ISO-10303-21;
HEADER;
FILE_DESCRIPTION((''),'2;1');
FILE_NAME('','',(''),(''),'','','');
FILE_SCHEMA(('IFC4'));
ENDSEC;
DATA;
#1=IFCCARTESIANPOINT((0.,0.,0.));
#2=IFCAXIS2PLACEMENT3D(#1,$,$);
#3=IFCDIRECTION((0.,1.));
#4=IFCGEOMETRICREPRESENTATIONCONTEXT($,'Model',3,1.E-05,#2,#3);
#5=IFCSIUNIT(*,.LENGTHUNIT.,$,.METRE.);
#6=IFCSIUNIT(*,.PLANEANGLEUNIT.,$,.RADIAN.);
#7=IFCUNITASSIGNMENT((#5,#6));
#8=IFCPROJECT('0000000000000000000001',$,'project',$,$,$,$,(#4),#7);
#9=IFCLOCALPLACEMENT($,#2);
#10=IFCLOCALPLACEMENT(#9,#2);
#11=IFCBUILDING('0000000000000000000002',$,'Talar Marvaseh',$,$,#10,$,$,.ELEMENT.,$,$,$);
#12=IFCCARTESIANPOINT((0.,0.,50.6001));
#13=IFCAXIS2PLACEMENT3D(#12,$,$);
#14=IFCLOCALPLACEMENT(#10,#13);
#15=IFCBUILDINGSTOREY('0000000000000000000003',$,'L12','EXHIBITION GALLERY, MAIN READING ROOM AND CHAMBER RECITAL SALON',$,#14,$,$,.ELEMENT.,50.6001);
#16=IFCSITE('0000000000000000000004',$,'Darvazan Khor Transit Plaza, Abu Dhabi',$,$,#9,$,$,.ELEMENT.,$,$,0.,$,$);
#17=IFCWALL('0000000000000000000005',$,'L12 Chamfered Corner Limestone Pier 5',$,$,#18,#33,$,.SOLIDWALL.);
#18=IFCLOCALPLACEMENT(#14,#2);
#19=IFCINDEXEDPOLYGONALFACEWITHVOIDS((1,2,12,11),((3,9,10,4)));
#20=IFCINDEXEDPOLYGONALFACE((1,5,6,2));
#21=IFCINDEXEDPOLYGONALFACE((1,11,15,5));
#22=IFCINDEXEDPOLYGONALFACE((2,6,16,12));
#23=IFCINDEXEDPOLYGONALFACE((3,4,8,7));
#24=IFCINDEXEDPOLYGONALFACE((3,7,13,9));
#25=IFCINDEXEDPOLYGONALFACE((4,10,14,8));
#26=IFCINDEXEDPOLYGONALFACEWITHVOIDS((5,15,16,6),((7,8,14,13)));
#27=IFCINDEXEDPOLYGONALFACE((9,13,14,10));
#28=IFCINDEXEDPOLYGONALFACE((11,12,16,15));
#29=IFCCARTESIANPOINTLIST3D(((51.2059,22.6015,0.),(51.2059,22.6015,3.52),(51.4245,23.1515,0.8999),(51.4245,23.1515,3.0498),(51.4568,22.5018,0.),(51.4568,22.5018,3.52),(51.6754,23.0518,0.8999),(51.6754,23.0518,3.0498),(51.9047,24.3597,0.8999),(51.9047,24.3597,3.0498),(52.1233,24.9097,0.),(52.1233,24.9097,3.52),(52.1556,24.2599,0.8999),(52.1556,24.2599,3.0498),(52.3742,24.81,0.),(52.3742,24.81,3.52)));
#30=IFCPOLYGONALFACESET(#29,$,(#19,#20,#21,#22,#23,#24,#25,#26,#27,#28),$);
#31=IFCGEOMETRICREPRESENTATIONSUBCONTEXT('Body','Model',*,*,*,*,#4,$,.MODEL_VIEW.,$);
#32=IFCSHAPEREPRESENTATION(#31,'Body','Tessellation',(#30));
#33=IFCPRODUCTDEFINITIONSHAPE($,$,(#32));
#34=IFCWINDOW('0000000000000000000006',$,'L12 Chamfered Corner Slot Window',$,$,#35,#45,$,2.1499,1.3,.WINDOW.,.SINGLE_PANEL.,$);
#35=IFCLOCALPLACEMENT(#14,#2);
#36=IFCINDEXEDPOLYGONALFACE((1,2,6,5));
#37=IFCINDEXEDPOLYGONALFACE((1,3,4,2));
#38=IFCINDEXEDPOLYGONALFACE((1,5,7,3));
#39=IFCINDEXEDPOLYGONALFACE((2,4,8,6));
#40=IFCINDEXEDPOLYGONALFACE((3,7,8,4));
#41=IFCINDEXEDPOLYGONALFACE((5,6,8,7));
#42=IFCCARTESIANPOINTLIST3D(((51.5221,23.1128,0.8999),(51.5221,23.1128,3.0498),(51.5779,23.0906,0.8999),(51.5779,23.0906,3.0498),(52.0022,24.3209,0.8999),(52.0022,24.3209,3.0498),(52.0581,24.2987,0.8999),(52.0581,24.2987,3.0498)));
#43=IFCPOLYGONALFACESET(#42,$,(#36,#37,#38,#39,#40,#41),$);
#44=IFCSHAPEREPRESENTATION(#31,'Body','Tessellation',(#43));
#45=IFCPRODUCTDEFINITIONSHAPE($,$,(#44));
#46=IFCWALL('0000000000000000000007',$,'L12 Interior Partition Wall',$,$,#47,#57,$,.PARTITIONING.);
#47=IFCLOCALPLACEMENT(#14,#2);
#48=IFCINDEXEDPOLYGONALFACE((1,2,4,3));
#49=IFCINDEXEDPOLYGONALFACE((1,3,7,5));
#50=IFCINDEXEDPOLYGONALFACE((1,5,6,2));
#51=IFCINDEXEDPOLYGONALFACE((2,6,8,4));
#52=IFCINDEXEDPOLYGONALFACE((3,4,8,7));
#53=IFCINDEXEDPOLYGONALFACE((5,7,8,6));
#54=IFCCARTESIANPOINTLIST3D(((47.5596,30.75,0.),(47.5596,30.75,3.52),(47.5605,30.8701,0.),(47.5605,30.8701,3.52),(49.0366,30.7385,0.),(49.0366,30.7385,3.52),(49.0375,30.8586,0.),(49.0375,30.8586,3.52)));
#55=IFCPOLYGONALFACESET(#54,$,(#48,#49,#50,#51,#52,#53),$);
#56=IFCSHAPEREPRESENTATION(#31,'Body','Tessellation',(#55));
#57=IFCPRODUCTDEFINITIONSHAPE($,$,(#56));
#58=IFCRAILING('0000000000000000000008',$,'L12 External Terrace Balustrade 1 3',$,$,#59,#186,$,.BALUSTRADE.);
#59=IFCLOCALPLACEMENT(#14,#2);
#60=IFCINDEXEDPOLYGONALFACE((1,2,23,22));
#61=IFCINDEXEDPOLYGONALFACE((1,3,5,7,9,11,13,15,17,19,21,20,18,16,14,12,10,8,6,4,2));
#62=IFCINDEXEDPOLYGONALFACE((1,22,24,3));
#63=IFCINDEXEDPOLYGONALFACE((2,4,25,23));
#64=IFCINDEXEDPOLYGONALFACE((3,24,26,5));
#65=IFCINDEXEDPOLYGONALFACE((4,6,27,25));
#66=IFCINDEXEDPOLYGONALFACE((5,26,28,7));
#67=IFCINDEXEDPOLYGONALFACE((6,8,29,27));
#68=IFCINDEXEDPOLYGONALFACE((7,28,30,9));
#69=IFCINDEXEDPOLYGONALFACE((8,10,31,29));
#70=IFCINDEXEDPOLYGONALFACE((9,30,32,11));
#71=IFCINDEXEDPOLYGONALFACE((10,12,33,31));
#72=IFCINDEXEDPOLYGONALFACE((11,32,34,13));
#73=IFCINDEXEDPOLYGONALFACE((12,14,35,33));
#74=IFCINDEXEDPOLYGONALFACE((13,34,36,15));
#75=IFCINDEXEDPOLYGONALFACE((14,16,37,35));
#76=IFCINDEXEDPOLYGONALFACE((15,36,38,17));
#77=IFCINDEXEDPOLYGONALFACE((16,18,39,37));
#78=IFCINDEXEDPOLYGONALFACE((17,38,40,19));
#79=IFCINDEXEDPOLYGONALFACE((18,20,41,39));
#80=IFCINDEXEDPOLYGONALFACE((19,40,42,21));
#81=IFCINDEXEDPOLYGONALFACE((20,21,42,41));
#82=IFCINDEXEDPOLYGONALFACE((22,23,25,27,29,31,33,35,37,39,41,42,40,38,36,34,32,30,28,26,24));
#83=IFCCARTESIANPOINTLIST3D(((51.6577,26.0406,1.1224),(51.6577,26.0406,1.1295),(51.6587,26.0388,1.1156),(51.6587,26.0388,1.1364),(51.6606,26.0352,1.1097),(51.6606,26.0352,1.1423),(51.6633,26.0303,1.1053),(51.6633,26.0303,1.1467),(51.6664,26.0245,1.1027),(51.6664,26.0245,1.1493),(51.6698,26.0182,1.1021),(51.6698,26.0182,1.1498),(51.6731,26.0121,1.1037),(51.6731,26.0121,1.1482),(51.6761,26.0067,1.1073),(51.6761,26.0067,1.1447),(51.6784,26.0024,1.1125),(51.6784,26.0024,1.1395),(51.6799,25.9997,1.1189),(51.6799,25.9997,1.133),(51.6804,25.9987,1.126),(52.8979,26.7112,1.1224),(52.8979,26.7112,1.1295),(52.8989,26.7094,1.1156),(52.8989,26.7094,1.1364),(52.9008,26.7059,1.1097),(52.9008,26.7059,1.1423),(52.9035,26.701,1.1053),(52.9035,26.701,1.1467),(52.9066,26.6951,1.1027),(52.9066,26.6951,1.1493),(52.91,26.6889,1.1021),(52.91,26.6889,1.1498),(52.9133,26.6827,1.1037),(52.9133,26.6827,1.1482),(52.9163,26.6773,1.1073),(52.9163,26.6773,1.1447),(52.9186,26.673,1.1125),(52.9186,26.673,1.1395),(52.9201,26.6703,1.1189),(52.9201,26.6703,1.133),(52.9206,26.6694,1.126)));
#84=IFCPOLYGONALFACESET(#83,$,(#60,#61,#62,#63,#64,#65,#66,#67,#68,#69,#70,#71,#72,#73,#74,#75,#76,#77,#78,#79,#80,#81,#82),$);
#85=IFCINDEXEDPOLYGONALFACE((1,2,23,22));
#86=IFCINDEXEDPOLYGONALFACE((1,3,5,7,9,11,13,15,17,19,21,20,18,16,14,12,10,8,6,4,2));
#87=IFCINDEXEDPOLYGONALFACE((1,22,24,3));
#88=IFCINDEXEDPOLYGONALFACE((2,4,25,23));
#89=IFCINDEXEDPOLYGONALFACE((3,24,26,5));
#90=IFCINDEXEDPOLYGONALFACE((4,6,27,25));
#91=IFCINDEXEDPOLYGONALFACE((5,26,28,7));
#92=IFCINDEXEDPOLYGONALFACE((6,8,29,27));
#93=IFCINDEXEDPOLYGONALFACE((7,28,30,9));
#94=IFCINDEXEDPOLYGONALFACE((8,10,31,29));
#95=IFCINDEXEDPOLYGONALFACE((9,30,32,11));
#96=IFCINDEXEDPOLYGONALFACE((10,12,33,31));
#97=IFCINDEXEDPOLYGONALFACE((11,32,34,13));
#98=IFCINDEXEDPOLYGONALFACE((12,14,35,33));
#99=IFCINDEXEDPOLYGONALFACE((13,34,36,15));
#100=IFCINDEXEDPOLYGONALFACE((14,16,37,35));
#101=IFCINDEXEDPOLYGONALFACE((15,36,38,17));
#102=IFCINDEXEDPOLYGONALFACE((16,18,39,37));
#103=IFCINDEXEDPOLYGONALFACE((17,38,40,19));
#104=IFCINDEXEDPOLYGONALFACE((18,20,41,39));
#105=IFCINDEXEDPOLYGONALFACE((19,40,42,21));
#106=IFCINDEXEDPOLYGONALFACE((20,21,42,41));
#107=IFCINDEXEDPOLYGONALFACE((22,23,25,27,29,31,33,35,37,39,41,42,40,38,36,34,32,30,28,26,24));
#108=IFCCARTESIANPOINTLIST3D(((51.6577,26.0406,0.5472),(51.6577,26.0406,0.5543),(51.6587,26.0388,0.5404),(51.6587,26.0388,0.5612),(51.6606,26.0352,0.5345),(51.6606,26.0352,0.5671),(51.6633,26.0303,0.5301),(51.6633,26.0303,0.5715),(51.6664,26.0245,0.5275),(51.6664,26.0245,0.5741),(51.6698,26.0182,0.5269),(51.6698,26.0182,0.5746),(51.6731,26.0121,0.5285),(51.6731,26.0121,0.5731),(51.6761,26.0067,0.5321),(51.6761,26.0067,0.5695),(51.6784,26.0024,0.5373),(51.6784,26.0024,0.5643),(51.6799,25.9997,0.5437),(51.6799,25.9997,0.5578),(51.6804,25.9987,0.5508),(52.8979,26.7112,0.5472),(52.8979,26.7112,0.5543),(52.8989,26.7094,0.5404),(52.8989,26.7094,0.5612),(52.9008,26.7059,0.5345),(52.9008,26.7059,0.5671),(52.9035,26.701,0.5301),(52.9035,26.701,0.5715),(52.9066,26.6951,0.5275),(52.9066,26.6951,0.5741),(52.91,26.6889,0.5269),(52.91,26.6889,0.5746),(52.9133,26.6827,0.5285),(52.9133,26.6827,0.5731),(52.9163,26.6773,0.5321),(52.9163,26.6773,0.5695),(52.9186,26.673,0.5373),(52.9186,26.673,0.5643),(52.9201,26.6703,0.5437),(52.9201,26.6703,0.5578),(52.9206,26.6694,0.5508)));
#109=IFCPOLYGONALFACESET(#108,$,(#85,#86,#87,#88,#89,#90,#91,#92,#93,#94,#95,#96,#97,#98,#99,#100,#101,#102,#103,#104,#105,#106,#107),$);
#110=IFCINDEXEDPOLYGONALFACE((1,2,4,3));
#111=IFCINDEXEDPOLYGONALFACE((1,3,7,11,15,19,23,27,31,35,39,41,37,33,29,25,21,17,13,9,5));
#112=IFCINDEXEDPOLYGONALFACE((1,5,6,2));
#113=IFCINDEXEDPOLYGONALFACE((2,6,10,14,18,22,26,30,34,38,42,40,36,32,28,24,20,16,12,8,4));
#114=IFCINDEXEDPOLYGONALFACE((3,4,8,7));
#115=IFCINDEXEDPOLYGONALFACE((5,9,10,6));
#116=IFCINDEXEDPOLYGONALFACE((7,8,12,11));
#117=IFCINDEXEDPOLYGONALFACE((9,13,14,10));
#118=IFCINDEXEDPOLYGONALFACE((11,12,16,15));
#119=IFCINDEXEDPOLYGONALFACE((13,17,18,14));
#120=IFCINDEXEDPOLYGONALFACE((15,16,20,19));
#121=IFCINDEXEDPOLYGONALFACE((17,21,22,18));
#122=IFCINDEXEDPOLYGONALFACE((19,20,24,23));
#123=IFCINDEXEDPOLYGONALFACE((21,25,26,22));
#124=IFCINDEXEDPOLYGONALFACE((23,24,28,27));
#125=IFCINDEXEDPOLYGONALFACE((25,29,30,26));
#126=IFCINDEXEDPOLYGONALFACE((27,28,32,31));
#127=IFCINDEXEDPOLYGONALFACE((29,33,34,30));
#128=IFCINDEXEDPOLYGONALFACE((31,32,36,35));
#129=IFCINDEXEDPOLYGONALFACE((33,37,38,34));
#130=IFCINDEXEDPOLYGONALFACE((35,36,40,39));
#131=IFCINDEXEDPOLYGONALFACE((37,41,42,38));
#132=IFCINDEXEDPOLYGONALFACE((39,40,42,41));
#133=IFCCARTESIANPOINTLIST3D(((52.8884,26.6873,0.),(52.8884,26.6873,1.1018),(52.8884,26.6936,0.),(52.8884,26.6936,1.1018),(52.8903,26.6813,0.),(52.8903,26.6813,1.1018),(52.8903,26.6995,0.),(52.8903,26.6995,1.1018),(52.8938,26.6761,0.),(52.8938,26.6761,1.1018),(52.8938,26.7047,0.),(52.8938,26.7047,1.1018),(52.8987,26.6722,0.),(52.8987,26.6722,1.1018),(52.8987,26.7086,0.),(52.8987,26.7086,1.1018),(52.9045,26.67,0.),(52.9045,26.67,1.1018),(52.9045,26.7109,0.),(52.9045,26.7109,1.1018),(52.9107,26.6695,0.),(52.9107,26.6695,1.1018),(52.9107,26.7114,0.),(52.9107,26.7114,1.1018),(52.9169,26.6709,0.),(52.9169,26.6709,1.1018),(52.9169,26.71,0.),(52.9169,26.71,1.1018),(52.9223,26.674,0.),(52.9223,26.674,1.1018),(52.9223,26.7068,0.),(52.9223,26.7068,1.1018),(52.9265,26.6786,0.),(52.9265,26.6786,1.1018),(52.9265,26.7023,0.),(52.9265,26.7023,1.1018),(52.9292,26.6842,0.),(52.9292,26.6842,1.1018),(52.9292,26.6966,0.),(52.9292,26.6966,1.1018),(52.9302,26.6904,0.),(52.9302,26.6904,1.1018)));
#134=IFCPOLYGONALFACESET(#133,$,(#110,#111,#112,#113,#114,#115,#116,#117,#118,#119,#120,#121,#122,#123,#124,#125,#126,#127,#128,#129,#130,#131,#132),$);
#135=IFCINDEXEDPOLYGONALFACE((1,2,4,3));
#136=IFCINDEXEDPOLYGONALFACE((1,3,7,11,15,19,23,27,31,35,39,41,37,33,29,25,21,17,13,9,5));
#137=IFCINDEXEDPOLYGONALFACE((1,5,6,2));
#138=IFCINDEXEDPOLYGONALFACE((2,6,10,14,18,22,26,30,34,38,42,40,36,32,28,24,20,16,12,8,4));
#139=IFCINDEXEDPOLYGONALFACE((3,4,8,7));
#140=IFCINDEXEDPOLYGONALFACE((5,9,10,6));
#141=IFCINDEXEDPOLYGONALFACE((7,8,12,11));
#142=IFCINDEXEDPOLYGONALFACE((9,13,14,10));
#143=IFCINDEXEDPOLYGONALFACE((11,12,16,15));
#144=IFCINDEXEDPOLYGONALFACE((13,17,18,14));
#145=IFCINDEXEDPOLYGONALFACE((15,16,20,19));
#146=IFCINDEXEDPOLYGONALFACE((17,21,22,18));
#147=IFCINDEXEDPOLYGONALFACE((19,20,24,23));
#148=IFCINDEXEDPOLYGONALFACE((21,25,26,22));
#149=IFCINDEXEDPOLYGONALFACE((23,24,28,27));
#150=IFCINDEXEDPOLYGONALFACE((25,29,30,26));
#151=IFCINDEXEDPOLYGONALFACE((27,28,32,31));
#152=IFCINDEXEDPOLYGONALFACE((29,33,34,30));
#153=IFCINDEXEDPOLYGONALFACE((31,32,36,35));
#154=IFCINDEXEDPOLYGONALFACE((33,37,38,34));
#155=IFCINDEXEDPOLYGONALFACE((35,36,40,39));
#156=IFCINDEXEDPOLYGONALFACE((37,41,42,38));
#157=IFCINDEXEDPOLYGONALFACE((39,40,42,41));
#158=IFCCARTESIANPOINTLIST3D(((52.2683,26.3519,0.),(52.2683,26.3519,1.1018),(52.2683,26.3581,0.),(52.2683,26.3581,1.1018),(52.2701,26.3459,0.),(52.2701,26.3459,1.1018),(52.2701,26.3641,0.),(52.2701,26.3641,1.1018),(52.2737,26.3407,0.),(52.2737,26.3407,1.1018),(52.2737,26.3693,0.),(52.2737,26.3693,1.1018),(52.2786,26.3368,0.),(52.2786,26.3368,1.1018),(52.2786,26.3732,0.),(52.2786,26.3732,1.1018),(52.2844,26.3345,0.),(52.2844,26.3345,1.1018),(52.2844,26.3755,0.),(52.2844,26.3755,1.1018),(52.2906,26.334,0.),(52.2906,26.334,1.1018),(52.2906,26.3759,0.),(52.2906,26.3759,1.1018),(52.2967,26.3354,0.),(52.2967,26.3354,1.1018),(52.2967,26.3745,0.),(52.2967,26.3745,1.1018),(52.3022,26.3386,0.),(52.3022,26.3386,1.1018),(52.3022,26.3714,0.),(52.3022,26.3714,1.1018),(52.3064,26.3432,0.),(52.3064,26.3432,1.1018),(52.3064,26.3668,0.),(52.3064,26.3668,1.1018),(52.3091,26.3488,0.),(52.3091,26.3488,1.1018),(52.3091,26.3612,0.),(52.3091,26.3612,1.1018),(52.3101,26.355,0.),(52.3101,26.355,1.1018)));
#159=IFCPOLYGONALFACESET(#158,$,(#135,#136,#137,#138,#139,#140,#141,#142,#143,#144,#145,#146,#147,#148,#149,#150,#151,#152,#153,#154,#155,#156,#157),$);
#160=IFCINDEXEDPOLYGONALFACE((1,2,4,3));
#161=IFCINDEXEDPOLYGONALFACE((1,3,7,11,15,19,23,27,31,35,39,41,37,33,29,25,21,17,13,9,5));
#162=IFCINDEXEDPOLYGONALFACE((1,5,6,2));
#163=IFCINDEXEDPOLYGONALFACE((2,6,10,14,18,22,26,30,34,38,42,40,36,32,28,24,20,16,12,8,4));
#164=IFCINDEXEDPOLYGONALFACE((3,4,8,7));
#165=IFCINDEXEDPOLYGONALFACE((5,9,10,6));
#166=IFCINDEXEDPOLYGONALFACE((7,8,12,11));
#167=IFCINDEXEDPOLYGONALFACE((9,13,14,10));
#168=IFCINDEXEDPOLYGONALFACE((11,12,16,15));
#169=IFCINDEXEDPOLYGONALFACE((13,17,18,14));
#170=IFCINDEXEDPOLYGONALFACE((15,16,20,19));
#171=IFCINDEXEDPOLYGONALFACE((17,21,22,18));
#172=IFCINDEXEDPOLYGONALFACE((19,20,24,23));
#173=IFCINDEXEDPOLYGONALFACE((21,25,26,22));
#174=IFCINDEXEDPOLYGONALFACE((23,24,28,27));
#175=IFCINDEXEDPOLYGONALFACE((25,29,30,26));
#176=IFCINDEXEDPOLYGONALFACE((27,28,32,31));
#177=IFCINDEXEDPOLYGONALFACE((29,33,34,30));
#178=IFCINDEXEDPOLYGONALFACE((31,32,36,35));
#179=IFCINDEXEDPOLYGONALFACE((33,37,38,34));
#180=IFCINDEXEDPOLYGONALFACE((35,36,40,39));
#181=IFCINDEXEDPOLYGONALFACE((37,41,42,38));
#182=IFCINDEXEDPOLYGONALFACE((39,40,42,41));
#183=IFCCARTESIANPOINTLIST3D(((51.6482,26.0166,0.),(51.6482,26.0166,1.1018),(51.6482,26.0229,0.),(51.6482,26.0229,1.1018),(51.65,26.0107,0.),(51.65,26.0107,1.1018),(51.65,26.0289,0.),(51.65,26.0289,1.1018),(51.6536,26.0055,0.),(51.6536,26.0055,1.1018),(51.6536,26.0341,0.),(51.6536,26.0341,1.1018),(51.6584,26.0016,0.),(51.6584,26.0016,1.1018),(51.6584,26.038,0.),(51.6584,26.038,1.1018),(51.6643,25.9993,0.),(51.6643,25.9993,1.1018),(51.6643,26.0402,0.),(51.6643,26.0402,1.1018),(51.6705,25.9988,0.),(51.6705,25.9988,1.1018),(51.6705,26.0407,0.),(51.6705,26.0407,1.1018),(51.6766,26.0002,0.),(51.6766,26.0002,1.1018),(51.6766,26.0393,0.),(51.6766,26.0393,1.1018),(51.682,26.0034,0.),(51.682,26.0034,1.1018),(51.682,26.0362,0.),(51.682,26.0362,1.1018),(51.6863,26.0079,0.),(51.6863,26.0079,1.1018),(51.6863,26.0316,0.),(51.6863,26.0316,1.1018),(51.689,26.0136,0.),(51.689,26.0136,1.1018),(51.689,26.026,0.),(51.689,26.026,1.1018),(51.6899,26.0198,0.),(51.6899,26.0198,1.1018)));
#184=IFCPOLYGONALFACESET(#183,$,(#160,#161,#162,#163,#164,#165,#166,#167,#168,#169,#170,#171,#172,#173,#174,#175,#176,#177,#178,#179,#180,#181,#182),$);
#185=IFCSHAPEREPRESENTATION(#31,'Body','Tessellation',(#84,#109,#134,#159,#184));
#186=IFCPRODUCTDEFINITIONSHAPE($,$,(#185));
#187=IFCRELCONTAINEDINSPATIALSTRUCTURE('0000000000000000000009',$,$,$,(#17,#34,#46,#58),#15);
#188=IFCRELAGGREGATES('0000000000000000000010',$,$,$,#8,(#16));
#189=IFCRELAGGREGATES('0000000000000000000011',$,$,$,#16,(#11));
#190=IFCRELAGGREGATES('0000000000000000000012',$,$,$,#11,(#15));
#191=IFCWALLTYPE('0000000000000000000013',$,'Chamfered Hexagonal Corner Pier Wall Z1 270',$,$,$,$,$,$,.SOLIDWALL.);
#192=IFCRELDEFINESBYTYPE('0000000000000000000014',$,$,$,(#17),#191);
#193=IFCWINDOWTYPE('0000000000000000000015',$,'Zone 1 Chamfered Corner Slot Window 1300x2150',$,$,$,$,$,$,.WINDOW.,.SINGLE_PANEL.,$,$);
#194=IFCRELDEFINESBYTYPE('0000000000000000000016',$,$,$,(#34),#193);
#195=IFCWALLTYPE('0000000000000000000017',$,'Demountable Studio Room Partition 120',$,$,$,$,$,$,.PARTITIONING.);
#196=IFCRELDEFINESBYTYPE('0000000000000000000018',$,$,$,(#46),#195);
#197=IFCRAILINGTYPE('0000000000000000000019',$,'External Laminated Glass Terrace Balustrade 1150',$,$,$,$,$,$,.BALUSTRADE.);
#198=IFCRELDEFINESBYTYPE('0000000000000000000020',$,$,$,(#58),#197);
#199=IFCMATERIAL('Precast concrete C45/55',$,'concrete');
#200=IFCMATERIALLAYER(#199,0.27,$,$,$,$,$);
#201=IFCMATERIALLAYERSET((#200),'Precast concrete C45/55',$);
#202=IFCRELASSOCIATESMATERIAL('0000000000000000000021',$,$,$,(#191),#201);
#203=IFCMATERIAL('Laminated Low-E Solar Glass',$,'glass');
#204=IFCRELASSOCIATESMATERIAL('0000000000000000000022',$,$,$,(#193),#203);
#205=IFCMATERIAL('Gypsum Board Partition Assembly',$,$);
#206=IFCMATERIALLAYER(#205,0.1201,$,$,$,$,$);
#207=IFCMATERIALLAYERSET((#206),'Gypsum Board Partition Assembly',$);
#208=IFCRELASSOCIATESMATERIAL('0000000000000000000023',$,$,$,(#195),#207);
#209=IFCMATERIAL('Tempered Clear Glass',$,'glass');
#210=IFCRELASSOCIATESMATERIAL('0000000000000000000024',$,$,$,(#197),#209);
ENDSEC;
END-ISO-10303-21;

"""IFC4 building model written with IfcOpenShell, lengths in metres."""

from ifc_helpers import new_model, si_unit, direction, frame, frame_2d, origin, origin_2d, place, context, subcontext, project, spatial, rectangle, circle, extrude, source, transform, mapped, material, layer, layer_set, type_object, type_shapes, element, fill, save


model = new_model("IFC4")

# Units and contexts
model_context = context("Model", 3, precision=1e-05, world=origin(), true_north=direction((0.0, 1.0)))
body_context = subcontext(model_context, "Body", "Model", "MODEL_VIEW")
ifc_project = project(units=[si_unit("LENGTHUNIT", "METRE"), si_unit("PLANEANGLEUNIT", "RADIAN")], contexts=[model_context])

# Site, building, storey
site_placement = place(None, origin())
site = spatial("IfcSite", under=ifc_project, at=site_placement, Name="Darvazan Khor Transit Plaza, Abu Dhabi", CompositionType="ELEMENT", RefElevation=0.0)
building_placement = place(site_placement, origin())
building = spatial("IfcBuilding", under=site, at=building_placement, Name="Talar Marvaseh", CompositionType="ELEMENT")
storey_placement = place(building_placement, frame((0.0, 0.0, 50.6001)))
storey = spatial("IfcBuildingStorey", under=building, at=storey_placement, Name="L12", Description="EXHIBITION GALLERY, MAIN READING ROOM AND CHAMBER RECITAL SALON", CompositionType="ELEMENT", Elevation=50.6001)

# Shared definitions
ifc_material_1 = material(Name="Laminated Low-E Solar Glass", Category="glass")

# Wall, opening, window
ifc_material_2 = material(Name="Precast concrete C45/55", Category="concrete")
ifc_layer_1 = layer(ifc_material_2, 0.27)
ifc_layer_set_1 = layer_set([ifc_layer_1], Name="Precast concrete C45/55")
wall_type_1 = type_object("IfcWallType", Name="Chamfered Hexagonal Corner Pier Wall Z1 270", PredefinedType="SOLIDWALL", material=ifc_layer_set_1)
wall_1_placement = place(storey_placement, frame((52.2488, 24.8599, 0.0), z_axis=(0.0, 0.0, 1.0), x_axis=(-0.369356, -0.929288, 0.0)))
wall_1 = element("IfcWall", 1, at=wall_1_placement, inside=storey, type_object=wall_type_1, Name="L12 Chamfered Corner Limestone Pier 5", PredefinedType="SOLIDWALL", context=body_context, shape_type="SweptSolid", body=[
    extrude(rectangle(XDim=2.4839, YDim=0.27, at=frame_2d((1.2419, 0.0))), origin(), (0.0, 0.0, 1.0), 3.52),
])
opening_placement = place(wall_1_placement, frame((0.592, 0.0, 0.8999)))
opening = element("IfcOpeningElement", 2, at=opening_placement, cuts=wall_1, PredefinedType="OPENING", context=body_context, shape_type="SweptSolid", body=[
    extrude(rectangle(XDim=1.3, YDim=2.1499, at=frame_2d((0.6499, 1.075))), frame((0.0, 0.145, 0.0), z_axis=(0.0, -1.0, 0.0), x_axis=(1.0, 0.0, 0.0)), (0.0, 0.0, 1.0), 0.29),
])
window_type = type_object("IfcWindowType", Name="Zone 1 Chamfered Corner Slot Window 1300x2150", PartitioningType="SINGLE_PANEL", PredefinedType="WINDOW", material=ifc_material_1)
shared_shape_1 = source(origin(), body_context, "Body", "SweptSolid", [
    extrude(rectangle(XDim=1.3, YDim=2.1499, at=frame_2d((0.6499, 1.075))), frame((0.0, 0.03, 0.0), z_axis=(0.0, -1.0, 0.0), x_axis=(1.0, 0.0, 0.0)), (0.0, 0.0, 1.0), 0.0601),
])
type_shapes(window_type, [shared_shape_1])
window_placement = place(opening_placement, origin())
window = element("IfcWindow", 3, at=window_placement, inside=storey, type_object=window_type, Name="L12 Chamfered Corner Slot Window", OverallHeight=2.1499, OverallWidth=1.3, PartitioningType="SINGLE_PANEL", PredefinedType="WINDOW", context=body_context, shape_type="MappedRepresentation", body=[
    mapped(shared_shape_1, transform((0.0, 0.0, 0.0), x_axis=(1.0, 0.0, 0.0), y_axis=(0.0, 1.0, 0.0), z_axis=(0.0, 0.0, 1.0), scale=1.0)),
])
fill(opening, window)

# Wall
ifc_material_3 = material(Name="Gypsum Board Partition Assembly")
ifc_layer_2 = layer(ifc_material_3, 0.1201)
ifc_layer_set_2 = layer_set([ifc_layer_2], Name="Gypsum Board Partition Assembly")
wall_type_2 = type_object("IfcWallType", Name="Demountable Studio Room Partition 120", PredefinedType="PARTITIONING", material=ifc_layer_set_2)
wall_2_placement = place(storey_placement, frame((47.5601, 30.8101, 0.0), z_axis=(0.0, 0.0, 1.0), x_axis=(0.99997, -0.007768, 0.0)))
element("IfcWall", 4, at=wall_2_placement, inside=storey, type_object=wall_type_2, Name="L12 Interior Partition Wall", PredefinedType="PARTITIONING", context=body_context, shape_type="SweptSolid", body=[
    extrude(rectangle(XDim=1.4771, YDim=0.1201, at=frame_2d((0.7385, 0.0))), origin(), (0.0, 0.0, 1.0), 3.52),
])

# Railing
ifc_material_4 = material(Name="Tempered Clear Glass", Category="glass")
railing_type = type_object("IfcRailingType", Name="External Laminated Glass Terrace Balustrade 1150", PredefinedType="BALUSTRADE", material=ifc_material_4)
railing_1_placement = place(storey_placement, frame((52.9092, 26.6904, 0.0)))
element("IfcRailing", 5, at=railing_1_placement, inside=storey, type_object=railing_type, Name="L12 External Terrace Balustrade 1 3", PredefinedType="BALUSTRADE", context=body_context, shape_type="SweptSolid", body=[
    extrude(circle(Radius=0.0239, at=origin_2d()), frame((0.0, 0.0, 1.126), z_axis=(-0.87963, -0.475658, 0.0), x_axis=(0.475658, -0.87963, 0.0)), (0.0, 0.0, 1.0), 1.4099),
    extrude(circle(Radius=0.0239, at=origin_2d()), frame((0.0, 0.0, 0.5508), z_axis=(-0.87963, -0.475658, 0.0), x_axis=(0.475658, -0.87963, 0.0)), (0.0, 0.0, 1.0), 1.4099),
    extrude(circle(Radius=0.021, at=origin_2d()), origin(), (0.0, 0.0, 1.0), 1.1018),
    extrude(circle(Radius=0.021, at=origin_2d()), frame((-0.6201, -0.3354, 0.0)), (0.0, 0.0, 1.0), 1.1018),
    extrude(circle(Radius=0.021, at=origin_2d()), frame((-1.2402, -0.6707, 0.0)), (0.0, 0.0, 1.0), 1.1018),
])

save(model, "model.ifc")
